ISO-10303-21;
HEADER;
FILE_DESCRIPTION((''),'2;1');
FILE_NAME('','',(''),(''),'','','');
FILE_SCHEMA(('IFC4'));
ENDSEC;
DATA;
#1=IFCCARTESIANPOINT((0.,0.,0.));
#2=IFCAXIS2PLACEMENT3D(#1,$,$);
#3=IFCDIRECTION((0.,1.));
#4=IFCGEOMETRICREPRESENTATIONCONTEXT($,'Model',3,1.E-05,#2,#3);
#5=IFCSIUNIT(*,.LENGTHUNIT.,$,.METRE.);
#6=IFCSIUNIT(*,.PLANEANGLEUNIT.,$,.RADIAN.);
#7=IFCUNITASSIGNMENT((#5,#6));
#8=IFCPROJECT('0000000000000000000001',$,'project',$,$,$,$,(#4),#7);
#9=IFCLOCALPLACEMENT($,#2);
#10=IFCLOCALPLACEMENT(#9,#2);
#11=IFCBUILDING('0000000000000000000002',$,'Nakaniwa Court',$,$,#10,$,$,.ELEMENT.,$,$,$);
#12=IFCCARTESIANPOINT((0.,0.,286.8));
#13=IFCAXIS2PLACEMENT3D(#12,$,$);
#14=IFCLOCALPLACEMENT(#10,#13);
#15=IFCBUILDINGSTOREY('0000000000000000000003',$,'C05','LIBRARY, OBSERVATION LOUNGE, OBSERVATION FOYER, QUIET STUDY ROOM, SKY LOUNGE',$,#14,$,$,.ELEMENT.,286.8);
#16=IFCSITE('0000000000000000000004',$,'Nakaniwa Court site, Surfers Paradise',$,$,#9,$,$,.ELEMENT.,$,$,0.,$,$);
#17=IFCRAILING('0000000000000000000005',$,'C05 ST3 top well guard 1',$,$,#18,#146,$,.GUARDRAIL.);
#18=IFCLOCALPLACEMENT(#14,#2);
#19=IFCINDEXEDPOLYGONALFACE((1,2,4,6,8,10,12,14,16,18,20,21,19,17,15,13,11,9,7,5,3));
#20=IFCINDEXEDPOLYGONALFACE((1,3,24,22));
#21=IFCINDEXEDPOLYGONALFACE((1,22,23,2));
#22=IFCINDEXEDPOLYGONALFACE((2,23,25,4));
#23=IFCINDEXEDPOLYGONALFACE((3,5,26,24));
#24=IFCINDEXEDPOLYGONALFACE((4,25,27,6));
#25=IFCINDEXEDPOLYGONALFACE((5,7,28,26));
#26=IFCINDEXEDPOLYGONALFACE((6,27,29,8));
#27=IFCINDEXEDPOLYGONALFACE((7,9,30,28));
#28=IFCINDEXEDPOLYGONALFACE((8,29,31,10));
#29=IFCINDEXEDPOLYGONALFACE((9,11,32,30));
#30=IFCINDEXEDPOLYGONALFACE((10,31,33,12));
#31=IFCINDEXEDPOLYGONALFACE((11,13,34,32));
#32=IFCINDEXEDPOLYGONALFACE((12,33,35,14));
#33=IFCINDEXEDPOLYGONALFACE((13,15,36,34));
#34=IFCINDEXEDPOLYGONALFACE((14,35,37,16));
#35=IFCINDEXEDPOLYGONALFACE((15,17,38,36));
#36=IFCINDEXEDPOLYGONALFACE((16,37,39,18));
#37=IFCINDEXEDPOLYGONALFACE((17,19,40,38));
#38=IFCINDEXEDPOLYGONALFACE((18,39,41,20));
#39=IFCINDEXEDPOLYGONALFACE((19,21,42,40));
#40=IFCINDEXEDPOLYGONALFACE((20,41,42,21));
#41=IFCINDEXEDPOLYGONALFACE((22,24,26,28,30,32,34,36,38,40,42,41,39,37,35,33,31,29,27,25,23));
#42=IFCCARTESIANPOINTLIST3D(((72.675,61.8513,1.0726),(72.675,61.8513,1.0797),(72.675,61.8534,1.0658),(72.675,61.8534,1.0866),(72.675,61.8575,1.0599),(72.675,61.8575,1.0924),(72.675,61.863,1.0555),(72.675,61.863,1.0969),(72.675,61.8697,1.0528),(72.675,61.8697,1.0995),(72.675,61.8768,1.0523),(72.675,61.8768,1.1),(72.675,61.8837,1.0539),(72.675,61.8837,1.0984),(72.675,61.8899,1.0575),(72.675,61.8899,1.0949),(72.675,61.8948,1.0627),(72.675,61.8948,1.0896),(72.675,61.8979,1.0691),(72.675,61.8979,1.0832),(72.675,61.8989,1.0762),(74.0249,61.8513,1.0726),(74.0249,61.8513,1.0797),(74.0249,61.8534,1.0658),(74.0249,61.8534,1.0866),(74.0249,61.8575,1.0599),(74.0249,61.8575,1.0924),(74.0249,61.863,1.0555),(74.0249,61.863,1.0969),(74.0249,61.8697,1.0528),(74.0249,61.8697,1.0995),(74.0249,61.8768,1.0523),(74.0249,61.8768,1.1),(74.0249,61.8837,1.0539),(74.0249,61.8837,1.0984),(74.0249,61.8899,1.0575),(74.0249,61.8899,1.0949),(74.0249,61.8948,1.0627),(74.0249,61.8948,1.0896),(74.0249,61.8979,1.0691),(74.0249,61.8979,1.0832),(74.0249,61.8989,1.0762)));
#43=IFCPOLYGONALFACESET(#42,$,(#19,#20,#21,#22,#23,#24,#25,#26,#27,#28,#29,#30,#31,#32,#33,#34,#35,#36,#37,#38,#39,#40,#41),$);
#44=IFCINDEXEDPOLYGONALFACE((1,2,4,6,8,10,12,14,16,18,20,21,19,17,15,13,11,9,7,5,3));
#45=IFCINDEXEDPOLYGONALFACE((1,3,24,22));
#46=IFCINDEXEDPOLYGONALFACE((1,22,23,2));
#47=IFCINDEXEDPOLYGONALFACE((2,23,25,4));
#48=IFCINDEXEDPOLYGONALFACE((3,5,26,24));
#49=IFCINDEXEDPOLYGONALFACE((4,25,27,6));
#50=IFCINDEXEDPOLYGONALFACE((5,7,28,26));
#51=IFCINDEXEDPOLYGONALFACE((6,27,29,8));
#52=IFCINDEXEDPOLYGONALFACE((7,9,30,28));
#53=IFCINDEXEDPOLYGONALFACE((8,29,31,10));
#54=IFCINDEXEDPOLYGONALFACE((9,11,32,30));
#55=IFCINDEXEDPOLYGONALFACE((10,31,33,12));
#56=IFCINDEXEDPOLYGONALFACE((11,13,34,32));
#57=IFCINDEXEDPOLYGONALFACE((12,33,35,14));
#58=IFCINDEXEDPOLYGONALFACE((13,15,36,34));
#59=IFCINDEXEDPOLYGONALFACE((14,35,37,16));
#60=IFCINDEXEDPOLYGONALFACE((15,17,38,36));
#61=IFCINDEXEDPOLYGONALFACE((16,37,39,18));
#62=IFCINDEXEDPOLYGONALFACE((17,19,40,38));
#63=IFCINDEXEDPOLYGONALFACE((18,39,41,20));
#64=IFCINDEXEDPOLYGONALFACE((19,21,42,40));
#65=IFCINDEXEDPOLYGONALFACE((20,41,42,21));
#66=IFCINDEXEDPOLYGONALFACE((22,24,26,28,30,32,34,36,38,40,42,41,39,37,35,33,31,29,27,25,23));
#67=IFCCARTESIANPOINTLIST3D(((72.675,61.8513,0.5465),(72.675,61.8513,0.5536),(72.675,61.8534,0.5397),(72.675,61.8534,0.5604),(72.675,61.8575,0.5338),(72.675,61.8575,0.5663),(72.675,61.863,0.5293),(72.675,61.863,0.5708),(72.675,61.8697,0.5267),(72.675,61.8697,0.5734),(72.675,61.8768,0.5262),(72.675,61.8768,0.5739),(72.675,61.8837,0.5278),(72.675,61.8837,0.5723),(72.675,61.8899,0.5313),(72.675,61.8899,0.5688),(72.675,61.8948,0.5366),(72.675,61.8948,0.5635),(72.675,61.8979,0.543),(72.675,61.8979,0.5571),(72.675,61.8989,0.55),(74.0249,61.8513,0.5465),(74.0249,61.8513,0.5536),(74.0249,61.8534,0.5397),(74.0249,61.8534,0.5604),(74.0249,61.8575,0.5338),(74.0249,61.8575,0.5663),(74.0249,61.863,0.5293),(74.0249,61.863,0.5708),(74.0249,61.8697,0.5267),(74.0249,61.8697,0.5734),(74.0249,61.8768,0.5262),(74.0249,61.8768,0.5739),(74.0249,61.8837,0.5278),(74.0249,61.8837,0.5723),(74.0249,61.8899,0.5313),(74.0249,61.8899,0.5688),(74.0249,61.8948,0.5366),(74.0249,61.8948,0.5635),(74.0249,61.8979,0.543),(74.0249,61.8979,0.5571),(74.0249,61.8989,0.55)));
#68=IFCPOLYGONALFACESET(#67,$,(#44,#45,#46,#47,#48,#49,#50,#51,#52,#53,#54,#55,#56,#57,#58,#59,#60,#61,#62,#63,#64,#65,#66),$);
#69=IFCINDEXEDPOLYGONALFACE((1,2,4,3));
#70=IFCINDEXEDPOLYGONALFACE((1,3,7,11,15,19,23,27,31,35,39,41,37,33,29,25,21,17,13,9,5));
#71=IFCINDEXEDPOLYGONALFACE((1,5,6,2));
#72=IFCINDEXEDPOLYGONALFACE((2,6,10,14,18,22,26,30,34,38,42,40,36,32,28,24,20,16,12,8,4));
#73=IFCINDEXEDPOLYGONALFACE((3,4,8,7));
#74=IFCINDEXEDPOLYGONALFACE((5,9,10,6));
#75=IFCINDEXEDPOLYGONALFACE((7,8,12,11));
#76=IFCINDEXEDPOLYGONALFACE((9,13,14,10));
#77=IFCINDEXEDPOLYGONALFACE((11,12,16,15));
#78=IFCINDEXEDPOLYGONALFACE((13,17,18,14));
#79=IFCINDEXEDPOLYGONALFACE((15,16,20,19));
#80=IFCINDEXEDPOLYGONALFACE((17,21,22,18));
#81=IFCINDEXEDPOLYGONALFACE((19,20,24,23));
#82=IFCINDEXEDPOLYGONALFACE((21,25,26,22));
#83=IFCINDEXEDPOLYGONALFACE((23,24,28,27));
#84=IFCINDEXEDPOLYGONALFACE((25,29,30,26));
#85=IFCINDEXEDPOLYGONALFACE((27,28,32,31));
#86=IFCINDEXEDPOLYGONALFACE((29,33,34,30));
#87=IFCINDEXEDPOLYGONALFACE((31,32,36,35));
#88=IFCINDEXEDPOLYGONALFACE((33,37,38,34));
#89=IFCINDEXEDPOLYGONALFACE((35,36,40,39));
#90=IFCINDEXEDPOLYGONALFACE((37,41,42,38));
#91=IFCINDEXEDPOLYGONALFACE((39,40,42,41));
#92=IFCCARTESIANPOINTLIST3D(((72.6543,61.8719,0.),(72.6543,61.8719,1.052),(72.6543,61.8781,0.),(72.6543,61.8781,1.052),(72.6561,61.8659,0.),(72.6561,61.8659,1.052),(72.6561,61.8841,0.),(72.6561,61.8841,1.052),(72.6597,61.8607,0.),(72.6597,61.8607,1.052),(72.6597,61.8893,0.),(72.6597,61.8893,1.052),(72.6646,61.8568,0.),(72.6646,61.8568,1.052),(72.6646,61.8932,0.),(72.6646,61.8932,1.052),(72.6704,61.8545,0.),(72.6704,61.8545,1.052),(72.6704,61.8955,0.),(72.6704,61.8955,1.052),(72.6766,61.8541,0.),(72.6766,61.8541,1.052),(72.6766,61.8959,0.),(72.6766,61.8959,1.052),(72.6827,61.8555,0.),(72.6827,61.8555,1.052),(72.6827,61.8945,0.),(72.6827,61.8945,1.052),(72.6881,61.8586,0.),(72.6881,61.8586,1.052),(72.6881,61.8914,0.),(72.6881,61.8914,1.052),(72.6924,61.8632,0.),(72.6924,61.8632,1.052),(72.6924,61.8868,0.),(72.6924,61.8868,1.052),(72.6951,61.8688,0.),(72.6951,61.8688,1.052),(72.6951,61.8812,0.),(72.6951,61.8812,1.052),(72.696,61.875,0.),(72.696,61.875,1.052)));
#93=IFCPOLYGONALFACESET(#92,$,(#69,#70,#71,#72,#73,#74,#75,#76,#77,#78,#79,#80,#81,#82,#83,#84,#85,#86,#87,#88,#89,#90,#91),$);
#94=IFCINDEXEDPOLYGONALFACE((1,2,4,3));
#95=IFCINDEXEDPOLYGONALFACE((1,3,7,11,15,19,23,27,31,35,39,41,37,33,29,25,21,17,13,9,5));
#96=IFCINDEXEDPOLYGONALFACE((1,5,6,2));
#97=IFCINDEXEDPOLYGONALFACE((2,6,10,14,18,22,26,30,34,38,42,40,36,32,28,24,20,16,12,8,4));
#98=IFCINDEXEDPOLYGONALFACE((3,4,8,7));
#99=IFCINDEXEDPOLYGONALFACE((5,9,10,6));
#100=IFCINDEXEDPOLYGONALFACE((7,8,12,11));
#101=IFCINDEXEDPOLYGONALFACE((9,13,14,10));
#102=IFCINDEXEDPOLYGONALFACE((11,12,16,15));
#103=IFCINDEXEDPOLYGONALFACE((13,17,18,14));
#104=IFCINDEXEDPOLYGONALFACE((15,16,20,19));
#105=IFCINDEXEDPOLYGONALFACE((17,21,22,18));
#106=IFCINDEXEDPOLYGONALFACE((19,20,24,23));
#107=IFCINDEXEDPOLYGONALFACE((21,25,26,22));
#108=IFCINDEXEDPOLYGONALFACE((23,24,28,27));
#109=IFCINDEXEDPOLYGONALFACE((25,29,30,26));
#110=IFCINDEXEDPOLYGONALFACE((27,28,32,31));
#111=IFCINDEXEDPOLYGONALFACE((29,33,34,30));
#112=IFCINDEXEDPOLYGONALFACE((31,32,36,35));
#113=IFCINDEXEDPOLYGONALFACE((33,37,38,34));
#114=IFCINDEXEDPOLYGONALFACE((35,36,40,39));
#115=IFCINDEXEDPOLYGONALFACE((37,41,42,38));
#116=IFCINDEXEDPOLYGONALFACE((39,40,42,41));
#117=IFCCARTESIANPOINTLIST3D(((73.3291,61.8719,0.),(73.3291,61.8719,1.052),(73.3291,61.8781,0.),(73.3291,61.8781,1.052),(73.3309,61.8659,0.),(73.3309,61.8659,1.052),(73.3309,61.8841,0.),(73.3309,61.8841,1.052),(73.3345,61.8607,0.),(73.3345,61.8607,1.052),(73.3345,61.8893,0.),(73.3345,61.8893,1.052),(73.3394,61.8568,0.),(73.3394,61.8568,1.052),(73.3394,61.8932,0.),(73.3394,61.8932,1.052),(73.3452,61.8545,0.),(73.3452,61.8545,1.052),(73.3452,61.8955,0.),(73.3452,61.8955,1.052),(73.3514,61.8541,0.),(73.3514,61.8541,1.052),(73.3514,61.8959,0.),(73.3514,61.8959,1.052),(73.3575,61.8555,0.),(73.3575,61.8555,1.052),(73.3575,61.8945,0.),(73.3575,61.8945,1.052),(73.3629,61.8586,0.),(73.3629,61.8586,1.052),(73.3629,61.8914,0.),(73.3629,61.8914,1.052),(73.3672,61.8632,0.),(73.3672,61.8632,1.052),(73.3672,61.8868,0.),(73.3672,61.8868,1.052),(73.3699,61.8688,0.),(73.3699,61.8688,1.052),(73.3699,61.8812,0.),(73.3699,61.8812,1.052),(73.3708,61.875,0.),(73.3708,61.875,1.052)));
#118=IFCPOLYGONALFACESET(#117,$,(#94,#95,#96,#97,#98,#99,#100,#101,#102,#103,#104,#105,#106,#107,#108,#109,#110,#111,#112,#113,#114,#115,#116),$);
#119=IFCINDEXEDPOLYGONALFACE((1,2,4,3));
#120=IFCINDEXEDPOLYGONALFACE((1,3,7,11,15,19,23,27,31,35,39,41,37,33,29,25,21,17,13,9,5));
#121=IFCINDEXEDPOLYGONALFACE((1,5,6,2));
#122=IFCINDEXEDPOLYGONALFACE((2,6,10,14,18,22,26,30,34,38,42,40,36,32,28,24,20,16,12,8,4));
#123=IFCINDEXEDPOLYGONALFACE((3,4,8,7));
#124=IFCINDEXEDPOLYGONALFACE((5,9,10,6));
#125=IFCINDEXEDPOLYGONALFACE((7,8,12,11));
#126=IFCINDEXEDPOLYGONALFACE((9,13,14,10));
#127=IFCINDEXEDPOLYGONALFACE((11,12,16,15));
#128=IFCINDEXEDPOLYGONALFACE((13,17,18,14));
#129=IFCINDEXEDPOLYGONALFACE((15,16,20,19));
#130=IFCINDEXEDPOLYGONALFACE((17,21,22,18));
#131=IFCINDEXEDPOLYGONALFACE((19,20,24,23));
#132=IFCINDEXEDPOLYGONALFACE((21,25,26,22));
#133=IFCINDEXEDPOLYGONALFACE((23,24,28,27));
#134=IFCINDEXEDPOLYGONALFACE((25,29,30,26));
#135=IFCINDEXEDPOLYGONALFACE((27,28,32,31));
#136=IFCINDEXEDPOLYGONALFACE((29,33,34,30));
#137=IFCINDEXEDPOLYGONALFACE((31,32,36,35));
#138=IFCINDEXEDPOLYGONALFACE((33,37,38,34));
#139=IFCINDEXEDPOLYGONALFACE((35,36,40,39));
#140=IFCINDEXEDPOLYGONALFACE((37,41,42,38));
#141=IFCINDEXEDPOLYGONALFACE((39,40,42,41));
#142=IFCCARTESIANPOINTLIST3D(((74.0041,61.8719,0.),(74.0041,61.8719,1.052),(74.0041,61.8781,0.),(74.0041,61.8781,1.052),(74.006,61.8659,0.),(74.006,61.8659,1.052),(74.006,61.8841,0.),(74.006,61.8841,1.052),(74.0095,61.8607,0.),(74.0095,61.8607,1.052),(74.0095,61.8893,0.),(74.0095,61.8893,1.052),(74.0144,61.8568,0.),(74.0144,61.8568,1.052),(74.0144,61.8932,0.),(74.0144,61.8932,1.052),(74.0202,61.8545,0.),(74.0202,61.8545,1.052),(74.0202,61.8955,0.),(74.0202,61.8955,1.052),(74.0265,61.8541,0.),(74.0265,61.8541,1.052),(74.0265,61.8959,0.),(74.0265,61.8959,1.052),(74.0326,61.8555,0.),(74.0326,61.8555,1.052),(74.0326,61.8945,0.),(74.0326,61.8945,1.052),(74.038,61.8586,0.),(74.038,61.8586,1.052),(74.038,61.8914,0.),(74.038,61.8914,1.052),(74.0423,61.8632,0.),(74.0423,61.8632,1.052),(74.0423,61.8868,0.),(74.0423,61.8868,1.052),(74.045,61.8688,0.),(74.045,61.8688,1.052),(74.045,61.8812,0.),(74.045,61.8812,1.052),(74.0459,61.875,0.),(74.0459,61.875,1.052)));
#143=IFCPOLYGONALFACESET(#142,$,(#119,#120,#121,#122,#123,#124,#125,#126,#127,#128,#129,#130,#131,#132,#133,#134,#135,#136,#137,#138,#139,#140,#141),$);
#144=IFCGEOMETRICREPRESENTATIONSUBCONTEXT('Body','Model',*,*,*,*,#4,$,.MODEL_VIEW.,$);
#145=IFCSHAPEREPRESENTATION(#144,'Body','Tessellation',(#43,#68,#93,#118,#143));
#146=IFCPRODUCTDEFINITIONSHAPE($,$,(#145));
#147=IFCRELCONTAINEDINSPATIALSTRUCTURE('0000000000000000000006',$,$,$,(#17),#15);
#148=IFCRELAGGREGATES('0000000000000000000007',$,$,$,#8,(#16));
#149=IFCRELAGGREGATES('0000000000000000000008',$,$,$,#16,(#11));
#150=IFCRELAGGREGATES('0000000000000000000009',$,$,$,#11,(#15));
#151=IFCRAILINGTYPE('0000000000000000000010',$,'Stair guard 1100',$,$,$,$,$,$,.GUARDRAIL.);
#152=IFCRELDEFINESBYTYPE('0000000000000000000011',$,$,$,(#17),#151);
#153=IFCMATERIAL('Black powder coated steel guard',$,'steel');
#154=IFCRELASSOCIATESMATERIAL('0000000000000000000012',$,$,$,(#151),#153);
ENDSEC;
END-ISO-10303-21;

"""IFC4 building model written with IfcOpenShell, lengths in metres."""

from ifc_helpers import new_model, si_unit, direction, frame, origin, origin_2d, place, context, subcontext, project, spatial, circle, extrude, material, type_object, element, save


model = new_model("IFC4")

# Units and contexts
model_context = context("Model", 3, precision=1e-05, world=origin(), true_north=direction((0.0, 1.0)))
body_context = subcontext(model_context, "Body", "Model", "MODEL_VIEW")
ifc_project = project(units=[si_unit("LENGTHUNIT", "METRE"), si_unit("PLANEANGLEUNIT", "RADIAN")], contexts=[model_context])

# Site, building, storey
site_placement = place(None, origin())
site = spatial("IfcSite", under=ifc_project, at=site_placement, Name="Nakaniwa Court site, Surfers Paradise", CompositionType="ELEMENT", RefElevation=0.0)
building_placement = place(site_placement, origin())
building = spatial("IfcBuilding", under=site, at=building_placement, Name="Nakaniwa Court", CompositionType="ELEMENT")
storey_placement = place(building_placement, frame((0.0, 0.0, 286.8)))
storey = spatial("IfcBuildingStorey", under=building, at=storey_placement, Name="C05", Description="LIBRARY, OBSERVATION LOUNGE, OBSERVATION FOYER, QUIET STUDY ROOM, SKY LOUNGE", CompositionType="ELEMENT", Elevation=286.8)

# Railing
ifc_material_1 = material(Name="Black powder coated steel guard", Category="steel")
railing_type = type_object("IfcRailingType", Name="Stair guard 1100", PredefinedType="GUARDRAIL", material=ifc_material_1)
for number, where, name in (
    (1, (72.675, 61.875, 0.0), "C05 ST3 top well guard 1"),
):
    element("IfcRailing", number, at=place(storey_placement, frame(where)), inside=storey, type_object=railing_type, Name=name, PredefinedType="GUARDRAIL", context=body_context, shape_type="SweptSolid", body=[
        extrude(circle(Radius=0.0239, at=origin_2d()), frame((0.0, 0.0, 1.0762), z_axis=(1.0, 0.0, 0.0), x_axis=(0.0, 1.0, 0.0)), (0.0, 0.0, 1.0), 1.3499),
        extrude(circle(Radius=0.0239, at=origin_2d()), frame((0.0, 0.0, 0.55), z_axis=(1.0, 0.0, 0.0), x_axis=(0.0, 1.0, 0.0)), (0.0, 0.0, 1.0), 1.3499),
        extrude(circle(Radius=0.021, at=origin_2d()), origin(), (0.0, 0.0, 1.0), 1.052),
        extrude(circle(Radius=0.021, at=origin_2d()), frame((0.6748, 0.0, 0.0)), (0.0, 0.0, 1.0), 1.052),
        extrude(circle(Radius=0.021, at=origin_2d()), frame((1.3499, 0.0, 0.0)), (0.0, 0.0, 1.0), 1.052),
    ])

save(model, "model.ifc")
